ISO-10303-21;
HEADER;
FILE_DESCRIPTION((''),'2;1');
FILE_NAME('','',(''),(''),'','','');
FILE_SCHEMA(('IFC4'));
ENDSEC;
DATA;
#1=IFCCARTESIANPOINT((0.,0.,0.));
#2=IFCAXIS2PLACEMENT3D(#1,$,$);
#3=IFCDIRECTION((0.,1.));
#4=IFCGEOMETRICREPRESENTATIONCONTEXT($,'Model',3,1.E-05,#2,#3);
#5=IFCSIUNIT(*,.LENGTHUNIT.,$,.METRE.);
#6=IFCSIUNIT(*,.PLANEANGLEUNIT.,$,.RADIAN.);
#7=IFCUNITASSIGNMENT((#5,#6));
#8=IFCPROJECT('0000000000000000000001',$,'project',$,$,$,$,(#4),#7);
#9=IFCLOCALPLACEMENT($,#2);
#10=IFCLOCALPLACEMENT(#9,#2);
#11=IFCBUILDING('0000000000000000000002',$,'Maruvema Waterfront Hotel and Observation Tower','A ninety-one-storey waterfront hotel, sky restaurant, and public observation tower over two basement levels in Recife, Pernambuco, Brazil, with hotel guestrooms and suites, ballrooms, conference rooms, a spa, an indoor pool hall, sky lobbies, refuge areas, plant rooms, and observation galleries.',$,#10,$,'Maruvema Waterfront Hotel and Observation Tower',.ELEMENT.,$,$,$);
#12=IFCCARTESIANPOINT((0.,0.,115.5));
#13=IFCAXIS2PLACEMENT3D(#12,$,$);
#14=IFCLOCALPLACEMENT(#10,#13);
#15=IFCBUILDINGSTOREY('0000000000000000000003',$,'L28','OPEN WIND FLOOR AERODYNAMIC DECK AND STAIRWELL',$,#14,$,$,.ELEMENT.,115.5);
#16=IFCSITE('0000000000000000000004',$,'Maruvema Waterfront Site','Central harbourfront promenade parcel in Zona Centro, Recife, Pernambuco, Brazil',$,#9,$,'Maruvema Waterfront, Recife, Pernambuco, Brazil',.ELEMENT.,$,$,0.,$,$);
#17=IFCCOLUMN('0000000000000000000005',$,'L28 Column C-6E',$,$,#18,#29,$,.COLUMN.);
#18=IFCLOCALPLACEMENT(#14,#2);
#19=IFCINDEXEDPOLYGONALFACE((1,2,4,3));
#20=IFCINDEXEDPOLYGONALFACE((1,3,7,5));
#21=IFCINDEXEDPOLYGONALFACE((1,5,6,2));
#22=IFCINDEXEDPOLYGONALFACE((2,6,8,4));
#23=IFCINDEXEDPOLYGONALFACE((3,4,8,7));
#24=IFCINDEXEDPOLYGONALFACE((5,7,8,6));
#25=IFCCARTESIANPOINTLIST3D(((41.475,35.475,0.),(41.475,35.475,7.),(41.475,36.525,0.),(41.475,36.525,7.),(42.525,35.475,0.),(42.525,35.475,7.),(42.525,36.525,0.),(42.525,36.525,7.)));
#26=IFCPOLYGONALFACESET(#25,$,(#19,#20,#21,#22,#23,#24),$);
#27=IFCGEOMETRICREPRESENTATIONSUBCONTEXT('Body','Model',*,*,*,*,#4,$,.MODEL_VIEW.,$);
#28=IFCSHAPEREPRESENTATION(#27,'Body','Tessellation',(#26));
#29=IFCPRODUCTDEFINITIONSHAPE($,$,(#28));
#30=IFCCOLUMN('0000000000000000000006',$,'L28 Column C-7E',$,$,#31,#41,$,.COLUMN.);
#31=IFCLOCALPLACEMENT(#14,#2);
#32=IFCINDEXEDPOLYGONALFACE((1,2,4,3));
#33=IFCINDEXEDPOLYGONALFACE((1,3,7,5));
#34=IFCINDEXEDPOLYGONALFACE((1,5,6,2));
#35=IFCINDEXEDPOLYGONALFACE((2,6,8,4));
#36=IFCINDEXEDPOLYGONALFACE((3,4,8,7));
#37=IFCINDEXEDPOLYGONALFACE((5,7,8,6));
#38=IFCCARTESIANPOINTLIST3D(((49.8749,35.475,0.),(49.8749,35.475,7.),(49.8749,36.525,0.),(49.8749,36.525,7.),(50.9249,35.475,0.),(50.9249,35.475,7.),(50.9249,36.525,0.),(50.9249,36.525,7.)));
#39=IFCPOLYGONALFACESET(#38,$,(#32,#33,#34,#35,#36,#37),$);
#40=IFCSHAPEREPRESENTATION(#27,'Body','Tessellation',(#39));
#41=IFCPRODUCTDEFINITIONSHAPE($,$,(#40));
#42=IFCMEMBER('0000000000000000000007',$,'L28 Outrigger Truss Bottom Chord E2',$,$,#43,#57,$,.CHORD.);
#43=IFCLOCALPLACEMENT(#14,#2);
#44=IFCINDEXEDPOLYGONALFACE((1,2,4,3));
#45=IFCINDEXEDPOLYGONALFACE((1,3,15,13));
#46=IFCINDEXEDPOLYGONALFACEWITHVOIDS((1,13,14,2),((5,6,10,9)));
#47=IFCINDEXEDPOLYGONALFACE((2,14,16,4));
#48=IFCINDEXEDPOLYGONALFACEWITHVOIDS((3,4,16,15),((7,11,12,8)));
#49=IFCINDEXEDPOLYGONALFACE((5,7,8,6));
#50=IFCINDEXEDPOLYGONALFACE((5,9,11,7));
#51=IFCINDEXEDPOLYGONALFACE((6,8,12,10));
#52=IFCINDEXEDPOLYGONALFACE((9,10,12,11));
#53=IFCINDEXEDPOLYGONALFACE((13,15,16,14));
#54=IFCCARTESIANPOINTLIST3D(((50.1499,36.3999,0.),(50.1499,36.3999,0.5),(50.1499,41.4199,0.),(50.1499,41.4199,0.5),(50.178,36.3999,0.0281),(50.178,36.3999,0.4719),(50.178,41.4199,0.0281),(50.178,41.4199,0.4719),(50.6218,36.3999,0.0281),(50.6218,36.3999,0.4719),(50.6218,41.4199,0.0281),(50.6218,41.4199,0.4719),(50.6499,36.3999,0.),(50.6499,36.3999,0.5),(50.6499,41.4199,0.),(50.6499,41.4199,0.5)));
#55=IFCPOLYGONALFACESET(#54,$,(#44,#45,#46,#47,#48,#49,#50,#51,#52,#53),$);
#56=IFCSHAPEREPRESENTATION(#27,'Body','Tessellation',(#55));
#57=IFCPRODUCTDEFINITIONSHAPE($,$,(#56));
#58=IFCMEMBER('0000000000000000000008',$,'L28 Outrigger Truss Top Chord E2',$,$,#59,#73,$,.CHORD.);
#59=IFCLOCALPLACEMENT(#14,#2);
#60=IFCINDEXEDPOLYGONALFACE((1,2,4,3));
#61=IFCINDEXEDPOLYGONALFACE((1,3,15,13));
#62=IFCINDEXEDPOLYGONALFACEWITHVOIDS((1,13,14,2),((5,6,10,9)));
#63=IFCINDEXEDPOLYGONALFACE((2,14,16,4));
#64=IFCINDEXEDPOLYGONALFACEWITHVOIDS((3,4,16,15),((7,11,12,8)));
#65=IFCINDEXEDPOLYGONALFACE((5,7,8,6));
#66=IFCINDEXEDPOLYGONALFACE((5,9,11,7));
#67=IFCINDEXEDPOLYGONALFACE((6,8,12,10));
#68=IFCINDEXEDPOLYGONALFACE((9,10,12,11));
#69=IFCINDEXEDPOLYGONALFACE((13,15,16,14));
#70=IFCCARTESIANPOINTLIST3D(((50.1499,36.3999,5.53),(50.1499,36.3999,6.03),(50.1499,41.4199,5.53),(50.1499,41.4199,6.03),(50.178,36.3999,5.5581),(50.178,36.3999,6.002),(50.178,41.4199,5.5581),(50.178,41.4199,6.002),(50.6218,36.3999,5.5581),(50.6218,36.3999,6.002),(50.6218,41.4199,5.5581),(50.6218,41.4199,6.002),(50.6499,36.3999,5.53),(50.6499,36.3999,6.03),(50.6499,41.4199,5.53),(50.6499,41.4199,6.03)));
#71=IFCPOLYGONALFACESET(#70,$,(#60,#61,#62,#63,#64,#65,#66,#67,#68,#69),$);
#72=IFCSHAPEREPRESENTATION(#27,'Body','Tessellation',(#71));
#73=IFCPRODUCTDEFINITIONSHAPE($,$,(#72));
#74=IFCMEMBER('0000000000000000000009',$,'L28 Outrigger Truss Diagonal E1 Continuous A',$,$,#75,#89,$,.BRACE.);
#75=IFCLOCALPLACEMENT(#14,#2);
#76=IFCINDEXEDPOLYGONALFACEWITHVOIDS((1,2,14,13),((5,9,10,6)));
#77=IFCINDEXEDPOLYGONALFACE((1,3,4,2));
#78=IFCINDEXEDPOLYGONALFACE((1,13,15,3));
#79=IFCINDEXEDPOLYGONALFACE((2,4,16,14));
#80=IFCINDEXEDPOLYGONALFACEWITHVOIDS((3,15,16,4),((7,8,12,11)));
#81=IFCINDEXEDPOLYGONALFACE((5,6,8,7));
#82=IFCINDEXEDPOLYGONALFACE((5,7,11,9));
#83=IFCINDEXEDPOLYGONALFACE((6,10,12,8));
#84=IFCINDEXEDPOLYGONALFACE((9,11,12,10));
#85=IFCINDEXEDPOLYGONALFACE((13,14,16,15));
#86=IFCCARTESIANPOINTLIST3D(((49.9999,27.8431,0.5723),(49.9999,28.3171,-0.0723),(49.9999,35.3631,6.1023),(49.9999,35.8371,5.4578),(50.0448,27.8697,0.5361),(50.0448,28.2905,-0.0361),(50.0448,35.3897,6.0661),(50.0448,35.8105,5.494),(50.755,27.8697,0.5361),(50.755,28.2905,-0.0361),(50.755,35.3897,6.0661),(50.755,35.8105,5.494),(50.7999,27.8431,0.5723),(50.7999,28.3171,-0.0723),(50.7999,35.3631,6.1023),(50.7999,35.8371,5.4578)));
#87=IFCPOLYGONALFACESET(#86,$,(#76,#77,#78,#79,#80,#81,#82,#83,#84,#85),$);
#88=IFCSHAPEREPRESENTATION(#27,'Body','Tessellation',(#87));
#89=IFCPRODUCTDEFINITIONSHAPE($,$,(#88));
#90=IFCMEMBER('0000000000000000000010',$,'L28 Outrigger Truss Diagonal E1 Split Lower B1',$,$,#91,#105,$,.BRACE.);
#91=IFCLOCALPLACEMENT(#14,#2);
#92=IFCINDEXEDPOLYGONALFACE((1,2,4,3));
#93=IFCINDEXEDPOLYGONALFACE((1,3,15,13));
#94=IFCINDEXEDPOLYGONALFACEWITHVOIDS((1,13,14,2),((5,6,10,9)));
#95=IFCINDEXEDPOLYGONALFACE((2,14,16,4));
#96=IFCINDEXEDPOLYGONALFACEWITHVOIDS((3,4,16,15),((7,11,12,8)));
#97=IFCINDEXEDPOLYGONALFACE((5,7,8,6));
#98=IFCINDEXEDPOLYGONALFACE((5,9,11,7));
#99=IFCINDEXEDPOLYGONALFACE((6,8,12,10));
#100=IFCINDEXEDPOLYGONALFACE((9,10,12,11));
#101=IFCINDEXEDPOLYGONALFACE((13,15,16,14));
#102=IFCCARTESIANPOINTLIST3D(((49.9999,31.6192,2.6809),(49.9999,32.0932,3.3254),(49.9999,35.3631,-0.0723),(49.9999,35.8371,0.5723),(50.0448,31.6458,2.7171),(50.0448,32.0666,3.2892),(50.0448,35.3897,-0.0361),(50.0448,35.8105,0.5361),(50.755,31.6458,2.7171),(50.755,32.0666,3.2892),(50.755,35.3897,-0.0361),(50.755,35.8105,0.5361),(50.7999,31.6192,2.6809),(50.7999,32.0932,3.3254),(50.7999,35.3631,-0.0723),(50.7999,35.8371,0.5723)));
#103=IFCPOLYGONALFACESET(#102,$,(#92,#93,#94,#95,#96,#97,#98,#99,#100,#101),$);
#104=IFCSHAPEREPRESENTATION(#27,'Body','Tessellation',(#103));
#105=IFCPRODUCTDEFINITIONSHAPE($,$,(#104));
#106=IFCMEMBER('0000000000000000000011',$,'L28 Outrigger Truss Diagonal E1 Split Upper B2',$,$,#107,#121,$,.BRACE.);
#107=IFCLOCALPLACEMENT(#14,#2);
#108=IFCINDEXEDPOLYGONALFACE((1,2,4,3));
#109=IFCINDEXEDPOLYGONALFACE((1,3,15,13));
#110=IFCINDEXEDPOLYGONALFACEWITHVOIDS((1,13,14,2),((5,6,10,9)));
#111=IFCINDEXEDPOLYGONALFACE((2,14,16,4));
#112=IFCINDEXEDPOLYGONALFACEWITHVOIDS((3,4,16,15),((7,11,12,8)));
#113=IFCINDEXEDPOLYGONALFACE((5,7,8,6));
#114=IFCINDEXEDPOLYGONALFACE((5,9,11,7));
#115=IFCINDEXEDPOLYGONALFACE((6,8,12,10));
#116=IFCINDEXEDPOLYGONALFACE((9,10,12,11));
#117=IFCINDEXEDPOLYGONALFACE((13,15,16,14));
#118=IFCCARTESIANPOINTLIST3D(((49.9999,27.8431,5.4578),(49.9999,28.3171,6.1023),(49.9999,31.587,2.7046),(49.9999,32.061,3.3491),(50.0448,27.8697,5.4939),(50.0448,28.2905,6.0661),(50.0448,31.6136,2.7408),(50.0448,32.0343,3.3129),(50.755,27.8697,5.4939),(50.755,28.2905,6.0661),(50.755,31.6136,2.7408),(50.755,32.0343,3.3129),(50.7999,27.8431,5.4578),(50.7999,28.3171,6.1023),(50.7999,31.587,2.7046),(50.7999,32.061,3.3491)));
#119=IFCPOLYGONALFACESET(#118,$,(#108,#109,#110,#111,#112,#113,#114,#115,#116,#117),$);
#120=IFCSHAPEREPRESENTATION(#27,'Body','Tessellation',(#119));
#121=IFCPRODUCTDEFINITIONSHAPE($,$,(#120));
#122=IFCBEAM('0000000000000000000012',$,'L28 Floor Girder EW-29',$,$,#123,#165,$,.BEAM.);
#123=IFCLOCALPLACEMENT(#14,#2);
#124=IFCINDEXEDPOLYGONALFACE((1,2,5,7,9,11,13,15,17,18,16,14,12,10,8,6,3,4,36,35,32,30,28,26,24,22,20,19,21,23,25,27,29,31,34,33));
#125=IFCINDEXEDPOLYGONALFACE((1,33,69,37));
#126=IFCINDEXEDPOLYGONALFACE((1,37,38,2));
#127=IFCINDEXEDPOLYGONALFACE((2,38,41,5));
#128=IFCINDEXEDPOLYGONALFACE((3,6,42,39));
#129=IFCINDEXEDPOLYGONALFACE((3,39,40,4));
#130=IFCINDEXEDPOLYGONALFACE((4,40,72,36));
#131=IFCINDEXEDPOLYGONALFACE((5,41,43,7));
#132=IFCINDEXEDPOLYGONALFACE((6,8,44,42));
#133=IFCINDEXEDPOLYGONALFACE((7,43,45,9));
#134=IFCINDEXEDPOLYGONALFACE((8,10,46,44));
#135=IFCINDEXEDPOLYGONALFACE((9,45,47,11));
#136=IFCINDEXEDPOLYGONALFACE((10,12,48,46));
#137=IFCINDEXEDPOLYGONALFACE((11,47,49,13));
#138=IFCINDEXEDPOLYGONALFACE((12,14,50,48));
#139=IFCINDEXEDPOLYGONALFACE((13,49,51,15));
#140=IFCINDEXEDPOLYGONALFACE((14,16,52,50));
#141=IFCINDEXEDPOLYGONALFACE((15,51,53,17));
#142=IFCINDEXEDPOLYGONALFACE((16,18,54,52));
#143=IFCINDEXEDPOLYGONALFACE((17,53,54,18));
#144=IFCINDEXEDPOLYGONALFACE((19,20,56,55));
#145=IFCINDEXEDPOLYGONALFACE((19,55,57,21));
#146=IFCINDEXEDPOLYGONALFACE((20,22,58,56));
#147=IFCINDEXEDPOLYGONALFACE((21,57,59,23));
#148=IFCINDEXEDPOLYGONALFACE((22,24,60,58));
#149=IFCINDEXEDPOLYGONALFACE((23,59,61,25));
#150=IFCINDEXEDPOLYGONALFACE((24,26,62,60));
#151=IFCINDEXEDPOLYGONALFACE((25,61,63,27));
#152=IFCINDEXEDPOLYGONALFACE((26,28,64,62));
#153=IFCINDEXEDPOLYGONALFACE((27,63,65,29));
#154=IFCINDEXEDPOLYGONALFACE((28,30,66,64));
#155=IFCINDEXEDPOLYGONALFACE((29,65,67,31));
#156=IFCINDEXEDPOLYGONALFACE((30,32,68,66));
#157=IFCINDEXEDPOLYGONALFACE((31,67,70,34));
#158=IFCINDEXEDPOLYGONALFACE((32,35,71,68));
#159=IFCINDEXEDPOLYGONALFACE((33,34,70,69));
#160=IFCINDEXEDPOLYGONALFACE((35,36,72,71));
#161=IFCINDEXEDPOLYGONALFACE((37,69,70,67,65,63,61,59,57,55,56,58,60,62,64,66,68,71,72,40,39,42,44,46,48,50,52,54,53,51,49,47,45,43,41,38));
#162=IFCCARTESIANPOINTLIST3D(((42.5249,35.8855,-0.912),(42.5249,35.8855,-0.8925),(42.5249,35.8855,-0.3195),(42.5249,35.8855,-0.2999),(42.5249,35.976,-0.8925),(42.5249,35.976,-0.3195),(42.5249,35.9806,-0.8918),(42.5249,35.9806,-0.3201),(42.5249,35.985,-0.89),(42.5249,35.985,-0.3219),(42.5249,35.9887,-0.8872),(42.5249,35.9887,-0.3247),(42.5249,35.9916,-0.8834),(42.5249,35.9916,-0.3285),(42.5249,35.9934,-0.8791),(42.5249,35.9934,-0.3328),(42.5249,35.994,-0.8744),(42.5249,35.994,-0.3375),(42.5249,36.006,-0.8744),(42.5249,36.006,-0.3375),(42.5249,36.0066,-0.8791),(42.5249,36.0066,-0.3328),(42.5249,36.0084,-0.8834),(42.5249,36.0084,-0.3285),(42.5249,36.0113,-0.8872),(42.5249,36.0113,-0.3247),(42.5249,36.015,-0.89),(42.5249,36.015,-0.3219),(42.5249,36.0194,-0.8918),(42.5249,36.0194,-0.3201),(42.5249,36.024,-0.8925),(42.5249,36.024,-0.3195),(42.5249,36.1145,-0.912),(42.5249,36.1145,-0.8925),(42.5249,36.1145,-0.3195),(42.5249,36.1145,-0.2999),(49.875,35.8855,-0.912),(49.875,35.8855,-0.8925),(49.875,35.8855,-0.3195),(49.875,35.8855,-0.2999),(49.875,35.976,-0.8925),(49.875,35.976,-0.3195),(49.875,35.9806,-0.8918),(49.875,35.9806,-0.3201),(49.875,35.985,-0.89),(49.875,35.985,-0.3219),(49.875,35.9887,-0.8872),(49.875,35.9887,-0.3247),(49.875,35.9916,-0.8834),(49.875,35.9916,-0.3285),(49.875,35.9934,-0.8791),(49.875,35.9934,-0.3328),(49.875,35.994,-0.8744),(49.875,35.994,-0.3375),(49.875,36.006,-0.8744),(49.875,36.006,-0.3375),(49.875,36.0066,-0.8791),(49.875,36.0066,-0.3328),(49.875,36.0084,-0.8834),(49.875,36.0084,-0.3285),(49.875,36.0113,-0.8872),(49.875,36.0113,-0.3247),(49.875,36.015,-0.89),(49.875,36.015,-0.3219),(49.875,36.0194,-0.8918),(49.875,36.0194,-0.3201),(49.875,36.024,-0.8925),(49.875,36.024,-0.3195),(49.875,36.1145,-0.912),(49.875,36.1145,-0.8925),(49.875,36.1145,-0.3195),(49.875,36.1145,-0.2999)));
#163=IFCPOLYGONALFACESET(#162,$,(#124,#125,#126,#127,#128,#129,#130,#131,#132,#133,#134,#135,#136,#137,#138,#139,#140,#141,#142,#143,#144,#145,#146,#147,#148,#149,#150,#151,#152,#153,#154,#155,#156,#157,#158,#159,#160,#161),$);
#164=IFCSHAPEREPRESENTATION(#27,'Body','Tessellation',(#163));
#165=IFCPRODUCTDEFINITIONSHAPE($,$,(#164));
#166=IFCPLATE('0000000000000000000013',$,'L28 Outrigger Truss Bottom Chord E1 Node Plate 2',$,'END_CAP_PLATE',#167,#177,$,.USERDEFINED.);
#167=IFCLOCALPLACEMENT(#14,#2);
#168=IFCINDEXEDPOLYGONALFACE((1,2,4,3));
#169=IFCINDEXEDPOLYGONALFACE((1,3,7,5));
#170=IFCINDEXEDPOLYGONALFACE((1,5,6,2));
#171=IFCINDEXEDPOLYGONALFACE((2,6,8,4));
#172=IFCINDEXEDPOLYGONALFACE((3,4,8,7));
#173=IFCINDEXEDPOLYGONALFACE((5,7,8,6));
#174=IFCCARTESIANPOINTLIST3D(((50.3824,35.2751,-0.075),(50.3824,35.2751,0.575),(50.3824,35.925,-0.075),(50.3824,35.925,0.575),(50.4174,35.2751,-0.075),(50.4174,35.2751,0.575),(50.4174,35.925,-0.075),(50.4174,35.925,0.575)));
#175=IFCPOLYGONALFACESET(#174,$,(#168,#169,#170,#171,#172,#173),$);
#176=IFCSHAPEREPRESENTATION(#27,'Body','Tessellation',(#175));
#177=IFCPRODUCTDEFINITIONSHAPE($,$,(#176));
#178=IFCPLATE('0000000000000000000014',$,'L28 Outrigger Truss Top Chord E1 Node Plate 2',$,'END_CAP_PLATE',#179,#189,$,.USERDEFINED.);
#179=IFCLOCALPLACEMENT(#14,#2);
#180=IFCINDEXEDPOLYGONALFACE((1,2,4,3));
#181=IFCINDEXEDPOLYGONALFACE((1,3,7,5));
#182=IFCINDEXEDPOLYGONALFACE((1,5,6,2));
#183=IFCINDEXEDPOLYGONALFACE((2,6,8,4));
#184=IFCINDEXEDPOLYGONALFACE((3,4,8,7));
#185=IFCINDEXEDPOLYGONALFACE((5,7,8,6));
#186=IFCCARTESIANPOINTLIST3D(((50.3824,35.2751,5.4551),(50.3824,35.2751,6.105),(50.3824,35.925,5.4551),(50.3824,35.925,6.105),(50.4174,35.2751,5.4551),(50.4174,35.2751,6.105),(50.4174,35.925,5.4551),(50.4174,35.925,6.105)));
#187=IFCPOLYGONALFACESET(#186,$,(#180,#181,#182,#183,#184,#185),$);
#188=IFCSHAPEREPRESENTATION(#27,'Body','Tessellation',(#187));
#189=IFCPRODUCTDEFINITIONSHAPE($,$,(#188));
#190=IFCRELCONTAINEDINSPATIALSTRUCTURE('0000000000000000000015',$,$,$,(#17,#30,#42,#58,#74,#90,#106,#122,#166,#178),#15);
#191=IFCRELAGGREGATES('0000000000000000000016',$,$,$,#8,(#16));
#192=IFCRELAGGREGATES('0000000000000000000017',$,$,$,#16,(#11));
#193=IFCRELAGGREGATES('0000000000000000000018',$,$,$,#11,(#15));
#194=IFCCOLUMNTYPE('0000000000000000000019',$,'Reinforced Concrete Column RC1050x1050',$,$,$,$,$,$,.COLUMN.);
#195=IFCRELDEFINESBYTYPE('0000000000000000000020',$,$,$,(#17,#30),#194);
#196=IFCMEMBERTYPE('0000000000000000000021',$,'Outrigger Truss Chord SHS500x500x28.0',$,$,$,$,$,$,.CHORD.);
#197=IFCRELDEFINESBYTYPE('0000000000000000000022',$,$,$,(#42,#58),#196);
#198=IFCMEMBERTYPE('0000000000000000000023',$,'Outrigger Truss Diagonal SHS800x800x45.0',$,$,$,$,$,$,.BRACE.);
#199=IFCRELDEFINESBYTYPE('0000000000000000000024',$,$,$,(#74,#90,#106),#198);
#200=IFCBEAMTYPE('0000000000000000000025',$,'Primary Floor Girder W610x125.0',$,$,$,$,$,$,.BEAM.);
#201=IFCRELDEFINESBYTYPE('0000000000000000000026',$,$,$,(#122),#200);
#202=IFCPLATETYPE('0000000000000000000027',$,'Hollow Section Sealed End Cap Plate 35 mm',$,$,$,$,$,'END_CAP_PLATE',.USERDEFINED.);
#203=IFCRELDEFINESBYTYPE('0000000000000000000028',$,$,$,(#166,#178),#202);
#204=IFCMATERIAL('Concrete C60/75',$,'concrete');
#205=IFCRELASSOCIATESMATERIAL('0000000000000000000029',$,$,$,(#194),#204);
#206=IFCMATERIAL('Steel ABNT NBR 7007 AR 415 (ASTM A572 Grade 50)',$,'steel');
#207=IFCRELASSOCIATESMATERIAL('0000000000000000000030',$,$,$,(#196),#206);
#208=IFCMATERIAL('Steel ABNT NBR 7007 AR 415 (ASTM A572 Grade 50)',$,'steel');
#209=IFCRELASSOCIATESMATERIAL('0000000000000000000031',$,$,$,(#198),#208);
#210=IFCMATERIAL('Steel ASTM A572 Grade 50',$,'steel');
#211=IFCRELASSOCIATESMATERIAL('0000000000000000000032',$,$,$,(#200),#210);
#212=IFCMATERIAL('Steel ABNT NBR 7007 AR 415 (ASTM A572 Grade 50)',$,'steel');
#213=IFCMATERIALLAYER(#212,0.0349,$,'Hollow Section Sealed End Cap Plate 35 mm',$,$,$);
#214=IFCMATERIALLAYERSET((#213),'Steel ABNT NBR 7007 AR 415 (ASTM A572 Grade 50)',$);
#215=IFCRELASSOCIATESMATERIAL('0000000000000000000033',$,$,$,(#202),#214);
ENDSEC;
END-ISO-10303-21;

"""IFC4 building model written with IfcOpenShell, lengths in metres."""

from ifc_helpers import new_model, si_unit, direction, frame, origin, origin_2d, place, context, subcontext, project, spatial, rectangle, hollow_rectangle, i_section, extrude, material, layer, layer_set, material_profile, profile_set, type_object, element, save


model = new_model("IFC4")

# Units and contexts
model_context = context("Model", 3, precision=1e-05, world=origin(), true_north=direction((0.0, 1.0)))
body_context = subcontext(model_context, "Body", "Model", "MODEL_VIEW")
ifc_project = project(units=[si_unit("LENGTHUNIT", "METRE"), si_unit("PLANEANGLEUNIT", "RADIAN")], contexts=[model_context])

# Site, building, storey
site_placement = place(None, origin())
site = spatial("IfcSite", under=ifc_project, at=site_placement, Name="Maruvema Waterfront Site", Description="Central harbourfront promenade parcel in Zona Centro, Recife, Pernambuco, Brazil", LongName="Maruvema Waterfront, Recife, Pernambuco, Brazil", CompositionType="ELEMENT", RefElevation=0.0)
building_placement = place(site_placement, origin())
building = spatial("IfcBuilding", under=site, at=building_placement, Name="Maruvema Waterfront Hotel and Observation Tower", Description="A ninety-one-storey waterfront hotel, sky restaurant, and public observation tower over two basement levels in Recife, Pernambuco, Brazil, with hotel guestrooms and suites, ballrooms, conference rooms, a spa, an indoor pool hall, sky lobbies, refuge areas, plant rooms, and observation galleries.", LongName="Maruvema Waterfront Hotel and Observation Tower", CompositionType="ELEMENT")
storey_placement = place(building_placement, frame((0.0, 0.0, 115.5)))
storey = spatial("IfcBuildingStorey", under=building, at=storey_placement, Name="L28", Description="OPEN WIND FLOOR AERODYNAMIC DECK AND STAIRWELL", CompositionType="ELEMENT", Elevation=115.5)

# Columns
ifc_material_1 = material(Name="Concrete C60/75", Category="concrete")
ifc_material_profile_1 = material_profile(ifc_material_1, rectangle(XDim=1.05, YDim=1.05, at=origin_2d()), Name="RC1050x1050")
ifc_profile_set_1 = profile_set([ifc_material_profile_1], Name="Concrete C60/75")
column_type = type_object("IfcColumnType", Name="Reinforced Concrete Column RC1050x1050", PredefinedType="COLUMN", material=ifc_profile_set_1)
for number, where, z_axis, x_axis, name in (
    (1, (42.0, 36.0, 0.0), (0.0, 0.0, 1.0), (1.0, 0.0, 0.0), "L28 Column C-6E"),
    (2, (50.3999, 36.0, 0.0), (0.0, 0.0, 1.0), (1.0, 0.0, 0.0), "L28 Column C-7E"),
):
    element("IfcColumn", number, at=place(storey_placement, frame(where, z_axis=z_axis, x_axis=x_axis)), inside=storey, type_object=column_type, Name=name, PredefinedType="COLUMN", context=body_context, shape_type="SweptSolid", body=[
        extrude(rectangle(XDim=1.05, YDim=1.05, at=origin_2d()), origin(), (0.0, 0.0, 1.0), 7.0),
    ])

# Members
ifc_material_2 = material(Name="Steel ABNT NBR 7007 AR 415 (ASTM A572 Grade 50)", Category="steel")
ifc_material_profile_2 = material_profile(ifc_material_2, hollow_rectangle(XDim=0.5, YDim=0.5, WallThickness=0.0281, at=origin_2d()), Name="SHS500x500x28.0")
ifc_profile_set_2 = profile_set([ifc_material_profile_2], Name="Steel ABNT NBR 7007 AR 415 (ASTM A572 Grade 50)")
member_type_1 = type_object("IfcMemberType", Name="Outrigger Truss Chord SHS500x500x28.0", PredefinedType="CHORD", material=ifc_profile_set_2)
for number, where, z_axis, x_axis, name in (
    (3, (50.3999, 36.3999, 0.25), (0.0, 1.0, 0.0), (-1.0, 0.0, 0.0), "L28 Outrigger Truss Bottom Chord E2"),
    (4, (50.3999, 36.3999, 5.78), (0.0, 1.0, 0.0), (-1.0, 0.0, 0.0), "L28 Outrigger Truss Top Chord E2"),
):
    element("IfcMember", number, at=place(storey_placement, frame(where, z_axis=z_axis, x_axis=x_axis)), inside=storey, type_object=member_type_1, Name=name, PredefinedType="CHORD", context=body_context, shape_type="SweptSolid", body=[
        extrude(hollow_rectangle(XDim=0.5, YDim=0.5, WallThickness=0.0281, at=origin_2d()), origin(), (0.0, 0.0, 1.0), 5.02),
    ])
ifc_material_3 = material(Name="Steel ABNT NBR 7007 AR 415 (ASTM A572 Grade 50)", Category="steel")
ifc_material_profile_3 = material_profile(ifc_material_3, hollow_rectangle(XDim=0.8, YDim=0.8, WallThickness=0.0449, at=origin_2d()), Name="SHS800x800x45.0")
ifc_profile_set_3 = profile_set([ifc_material_profile_3], Name="Steel ABNT NBR 7007 AR 415 (ASTM A572 Grade 50)")
member_type_2 = type_object("IfcMemberType", Name="Outrigger Truss Diagonal SHS800x800x45.0", PredefinedType="BRACE", material=ifc_profile_set_3)
member_placement = place(storey_placement, frame((50.3999, 28.0801, 0.25), z_axis=(0.0, 0.80562, 0.592432), x_axis=(-1.0, 0.0, 0.0)))
element("IfcMember", 5, at=member_placement, inside=storey, type_object=member_type_2, Name="L28 Outrigger Truss Diagonal E1 Continuous A", PredefinedType="BRACE", context=body_context, shape_type="SweptSolid", body=[
    extrude(hollow_rectangle(XDim=0.8, YDim=0.8, WallThickness=0.0449, at=origin_2d()), origin(), (0.0, 0.0, 1.0), 9.3345),
])
for number, where, z_axis, x_axis, name in (
    (6, (50.3999, 35.6001, 0.25), (0.0, -0.805619, 0.592434), (1.0, 0.0, 0.0), "L28 Outrigger Truss Diagonal E1 Split Lower B1"),
    (7, (50.3999, 31.824, 3.0269), (0.0, -0.805619, 0.592434), (1.0, 0.0, 0.0), "L28 Outrigger Truss Diagonal E1 Split Upper B2"),
):
    element("IfcMember", number, at=place(storey_placement, frame(where, z_axis=z_axis, x_axis=x_axis)), inside=storey, type_object=member_type_2, Name=name, PredefinedType="BRACE", context=body_context, shape_type="SweptSolid", body=[
        extrude(hollow_rectangle(XDim=0.8, YDim=0.8, WallThickness=0.0449, at=origin_2d()), origin(), (0.0, 0.0, 1.0), 4.6472),
    ])

# Beam
ifc_material_4 = material(Name="Steel ASTM A572 Grade 50", Category="steel")
ifc_material_profile_4 = material_profile(ifc_material_4, i_section(OverallWidth=0.229, OverallDepth=0.6121, WebThickness=0.012, FlangeThickness=0.0195, FilletRadius=0.0181, at=origin_2d()), Name="W610x125.0")
ifc_profile_set_4 = profile_set([ifc_material_profile_4], Name="Steel ASTM A572 Grade 50")
beam_type = type_object("IfcBeamType", Name="Primary Floor Girder W610x125.0", PredefinedType="BEAM", material=ifc_profile_set_4)
beam_placement = place(storey_placement, frame((42.5249, 36.0, -0.606), z_axis=(1.0, 0.0, 0.0), x_axis=(0.0, 1.0, 0.0)))
element("IfcBeam", 8, at=beam_placement, inside=storey, type_object=beam_type, Name="L28 Floor Girder EW-29", PredefinedType="BEAM", context=body_context, shape_type="SweptSolid", body=[
    extrude(i_section(OverallWidth=0.229, OverallDepth=0.6121, WebThickness=0.012, FlangeThickness=0.0195, FilletRadius=0.0181, at=origin_2d()), origin(), (0.0, 0.0, 1.0), 7.3501),
])

# Plates
ifc_material_5 = material(Name="Steel ABNT NBR 7007 AR 415 (ASTM A572 Grade 50)", Category="steel")
ifc_layer_1 = layer(ifc_material_5, 0.0349, Name="Hollow Section Sealed End Cap Plate 35 mm")
ifc_layer_set_1 = layer_set([ifc_layer_1], Name="Steel ABNT NBR 7007 AR 415 (ASTM A572 Grade 50)")
plate_type_1 = type_object("IfcPlateType", Name="Hollow Section Sealed End Cap Plate 35 mm", ElementType="END_CAP_PLATE", PredefinedType="USERDEFINED", material=ifc_layer_set_1)
for number, where, z_axis, x_axis, name in (
    (9, (50.3999, 35.6001, -0.075), (0.0, 0.0, 1.0), (0.0, 1.0, 0.0), "L28 Outrigger Truss Bottom Chord E1 Node Plate 2"),
    (10, (50.3999, 35.6001, 5.4551), (0.0, 0.0, 1.0), (0.0, 1.0, 0.0), "L28 Outrigger Truss Top Chord E1 Node Plate 2"),
):
    element("IfcPlate", number, at=place(storey_placement, frame(where, z_axis=z_axis, x_axis=x_axis)), inside=storey, type_object=plate_type_1, Name=name, ObjectType="END_CAP_PLATE", PredefinedType="USERDEFINED", context=body_context, shape_type="SweptSolid", body=[
        extrude(rectangle(XDim=0.6499, YDim=0.0349, at=origin_2d()), origin(), (0.0, 0.0, 1.0), 0.6499),
    ])

save(model, "model.ifc")
